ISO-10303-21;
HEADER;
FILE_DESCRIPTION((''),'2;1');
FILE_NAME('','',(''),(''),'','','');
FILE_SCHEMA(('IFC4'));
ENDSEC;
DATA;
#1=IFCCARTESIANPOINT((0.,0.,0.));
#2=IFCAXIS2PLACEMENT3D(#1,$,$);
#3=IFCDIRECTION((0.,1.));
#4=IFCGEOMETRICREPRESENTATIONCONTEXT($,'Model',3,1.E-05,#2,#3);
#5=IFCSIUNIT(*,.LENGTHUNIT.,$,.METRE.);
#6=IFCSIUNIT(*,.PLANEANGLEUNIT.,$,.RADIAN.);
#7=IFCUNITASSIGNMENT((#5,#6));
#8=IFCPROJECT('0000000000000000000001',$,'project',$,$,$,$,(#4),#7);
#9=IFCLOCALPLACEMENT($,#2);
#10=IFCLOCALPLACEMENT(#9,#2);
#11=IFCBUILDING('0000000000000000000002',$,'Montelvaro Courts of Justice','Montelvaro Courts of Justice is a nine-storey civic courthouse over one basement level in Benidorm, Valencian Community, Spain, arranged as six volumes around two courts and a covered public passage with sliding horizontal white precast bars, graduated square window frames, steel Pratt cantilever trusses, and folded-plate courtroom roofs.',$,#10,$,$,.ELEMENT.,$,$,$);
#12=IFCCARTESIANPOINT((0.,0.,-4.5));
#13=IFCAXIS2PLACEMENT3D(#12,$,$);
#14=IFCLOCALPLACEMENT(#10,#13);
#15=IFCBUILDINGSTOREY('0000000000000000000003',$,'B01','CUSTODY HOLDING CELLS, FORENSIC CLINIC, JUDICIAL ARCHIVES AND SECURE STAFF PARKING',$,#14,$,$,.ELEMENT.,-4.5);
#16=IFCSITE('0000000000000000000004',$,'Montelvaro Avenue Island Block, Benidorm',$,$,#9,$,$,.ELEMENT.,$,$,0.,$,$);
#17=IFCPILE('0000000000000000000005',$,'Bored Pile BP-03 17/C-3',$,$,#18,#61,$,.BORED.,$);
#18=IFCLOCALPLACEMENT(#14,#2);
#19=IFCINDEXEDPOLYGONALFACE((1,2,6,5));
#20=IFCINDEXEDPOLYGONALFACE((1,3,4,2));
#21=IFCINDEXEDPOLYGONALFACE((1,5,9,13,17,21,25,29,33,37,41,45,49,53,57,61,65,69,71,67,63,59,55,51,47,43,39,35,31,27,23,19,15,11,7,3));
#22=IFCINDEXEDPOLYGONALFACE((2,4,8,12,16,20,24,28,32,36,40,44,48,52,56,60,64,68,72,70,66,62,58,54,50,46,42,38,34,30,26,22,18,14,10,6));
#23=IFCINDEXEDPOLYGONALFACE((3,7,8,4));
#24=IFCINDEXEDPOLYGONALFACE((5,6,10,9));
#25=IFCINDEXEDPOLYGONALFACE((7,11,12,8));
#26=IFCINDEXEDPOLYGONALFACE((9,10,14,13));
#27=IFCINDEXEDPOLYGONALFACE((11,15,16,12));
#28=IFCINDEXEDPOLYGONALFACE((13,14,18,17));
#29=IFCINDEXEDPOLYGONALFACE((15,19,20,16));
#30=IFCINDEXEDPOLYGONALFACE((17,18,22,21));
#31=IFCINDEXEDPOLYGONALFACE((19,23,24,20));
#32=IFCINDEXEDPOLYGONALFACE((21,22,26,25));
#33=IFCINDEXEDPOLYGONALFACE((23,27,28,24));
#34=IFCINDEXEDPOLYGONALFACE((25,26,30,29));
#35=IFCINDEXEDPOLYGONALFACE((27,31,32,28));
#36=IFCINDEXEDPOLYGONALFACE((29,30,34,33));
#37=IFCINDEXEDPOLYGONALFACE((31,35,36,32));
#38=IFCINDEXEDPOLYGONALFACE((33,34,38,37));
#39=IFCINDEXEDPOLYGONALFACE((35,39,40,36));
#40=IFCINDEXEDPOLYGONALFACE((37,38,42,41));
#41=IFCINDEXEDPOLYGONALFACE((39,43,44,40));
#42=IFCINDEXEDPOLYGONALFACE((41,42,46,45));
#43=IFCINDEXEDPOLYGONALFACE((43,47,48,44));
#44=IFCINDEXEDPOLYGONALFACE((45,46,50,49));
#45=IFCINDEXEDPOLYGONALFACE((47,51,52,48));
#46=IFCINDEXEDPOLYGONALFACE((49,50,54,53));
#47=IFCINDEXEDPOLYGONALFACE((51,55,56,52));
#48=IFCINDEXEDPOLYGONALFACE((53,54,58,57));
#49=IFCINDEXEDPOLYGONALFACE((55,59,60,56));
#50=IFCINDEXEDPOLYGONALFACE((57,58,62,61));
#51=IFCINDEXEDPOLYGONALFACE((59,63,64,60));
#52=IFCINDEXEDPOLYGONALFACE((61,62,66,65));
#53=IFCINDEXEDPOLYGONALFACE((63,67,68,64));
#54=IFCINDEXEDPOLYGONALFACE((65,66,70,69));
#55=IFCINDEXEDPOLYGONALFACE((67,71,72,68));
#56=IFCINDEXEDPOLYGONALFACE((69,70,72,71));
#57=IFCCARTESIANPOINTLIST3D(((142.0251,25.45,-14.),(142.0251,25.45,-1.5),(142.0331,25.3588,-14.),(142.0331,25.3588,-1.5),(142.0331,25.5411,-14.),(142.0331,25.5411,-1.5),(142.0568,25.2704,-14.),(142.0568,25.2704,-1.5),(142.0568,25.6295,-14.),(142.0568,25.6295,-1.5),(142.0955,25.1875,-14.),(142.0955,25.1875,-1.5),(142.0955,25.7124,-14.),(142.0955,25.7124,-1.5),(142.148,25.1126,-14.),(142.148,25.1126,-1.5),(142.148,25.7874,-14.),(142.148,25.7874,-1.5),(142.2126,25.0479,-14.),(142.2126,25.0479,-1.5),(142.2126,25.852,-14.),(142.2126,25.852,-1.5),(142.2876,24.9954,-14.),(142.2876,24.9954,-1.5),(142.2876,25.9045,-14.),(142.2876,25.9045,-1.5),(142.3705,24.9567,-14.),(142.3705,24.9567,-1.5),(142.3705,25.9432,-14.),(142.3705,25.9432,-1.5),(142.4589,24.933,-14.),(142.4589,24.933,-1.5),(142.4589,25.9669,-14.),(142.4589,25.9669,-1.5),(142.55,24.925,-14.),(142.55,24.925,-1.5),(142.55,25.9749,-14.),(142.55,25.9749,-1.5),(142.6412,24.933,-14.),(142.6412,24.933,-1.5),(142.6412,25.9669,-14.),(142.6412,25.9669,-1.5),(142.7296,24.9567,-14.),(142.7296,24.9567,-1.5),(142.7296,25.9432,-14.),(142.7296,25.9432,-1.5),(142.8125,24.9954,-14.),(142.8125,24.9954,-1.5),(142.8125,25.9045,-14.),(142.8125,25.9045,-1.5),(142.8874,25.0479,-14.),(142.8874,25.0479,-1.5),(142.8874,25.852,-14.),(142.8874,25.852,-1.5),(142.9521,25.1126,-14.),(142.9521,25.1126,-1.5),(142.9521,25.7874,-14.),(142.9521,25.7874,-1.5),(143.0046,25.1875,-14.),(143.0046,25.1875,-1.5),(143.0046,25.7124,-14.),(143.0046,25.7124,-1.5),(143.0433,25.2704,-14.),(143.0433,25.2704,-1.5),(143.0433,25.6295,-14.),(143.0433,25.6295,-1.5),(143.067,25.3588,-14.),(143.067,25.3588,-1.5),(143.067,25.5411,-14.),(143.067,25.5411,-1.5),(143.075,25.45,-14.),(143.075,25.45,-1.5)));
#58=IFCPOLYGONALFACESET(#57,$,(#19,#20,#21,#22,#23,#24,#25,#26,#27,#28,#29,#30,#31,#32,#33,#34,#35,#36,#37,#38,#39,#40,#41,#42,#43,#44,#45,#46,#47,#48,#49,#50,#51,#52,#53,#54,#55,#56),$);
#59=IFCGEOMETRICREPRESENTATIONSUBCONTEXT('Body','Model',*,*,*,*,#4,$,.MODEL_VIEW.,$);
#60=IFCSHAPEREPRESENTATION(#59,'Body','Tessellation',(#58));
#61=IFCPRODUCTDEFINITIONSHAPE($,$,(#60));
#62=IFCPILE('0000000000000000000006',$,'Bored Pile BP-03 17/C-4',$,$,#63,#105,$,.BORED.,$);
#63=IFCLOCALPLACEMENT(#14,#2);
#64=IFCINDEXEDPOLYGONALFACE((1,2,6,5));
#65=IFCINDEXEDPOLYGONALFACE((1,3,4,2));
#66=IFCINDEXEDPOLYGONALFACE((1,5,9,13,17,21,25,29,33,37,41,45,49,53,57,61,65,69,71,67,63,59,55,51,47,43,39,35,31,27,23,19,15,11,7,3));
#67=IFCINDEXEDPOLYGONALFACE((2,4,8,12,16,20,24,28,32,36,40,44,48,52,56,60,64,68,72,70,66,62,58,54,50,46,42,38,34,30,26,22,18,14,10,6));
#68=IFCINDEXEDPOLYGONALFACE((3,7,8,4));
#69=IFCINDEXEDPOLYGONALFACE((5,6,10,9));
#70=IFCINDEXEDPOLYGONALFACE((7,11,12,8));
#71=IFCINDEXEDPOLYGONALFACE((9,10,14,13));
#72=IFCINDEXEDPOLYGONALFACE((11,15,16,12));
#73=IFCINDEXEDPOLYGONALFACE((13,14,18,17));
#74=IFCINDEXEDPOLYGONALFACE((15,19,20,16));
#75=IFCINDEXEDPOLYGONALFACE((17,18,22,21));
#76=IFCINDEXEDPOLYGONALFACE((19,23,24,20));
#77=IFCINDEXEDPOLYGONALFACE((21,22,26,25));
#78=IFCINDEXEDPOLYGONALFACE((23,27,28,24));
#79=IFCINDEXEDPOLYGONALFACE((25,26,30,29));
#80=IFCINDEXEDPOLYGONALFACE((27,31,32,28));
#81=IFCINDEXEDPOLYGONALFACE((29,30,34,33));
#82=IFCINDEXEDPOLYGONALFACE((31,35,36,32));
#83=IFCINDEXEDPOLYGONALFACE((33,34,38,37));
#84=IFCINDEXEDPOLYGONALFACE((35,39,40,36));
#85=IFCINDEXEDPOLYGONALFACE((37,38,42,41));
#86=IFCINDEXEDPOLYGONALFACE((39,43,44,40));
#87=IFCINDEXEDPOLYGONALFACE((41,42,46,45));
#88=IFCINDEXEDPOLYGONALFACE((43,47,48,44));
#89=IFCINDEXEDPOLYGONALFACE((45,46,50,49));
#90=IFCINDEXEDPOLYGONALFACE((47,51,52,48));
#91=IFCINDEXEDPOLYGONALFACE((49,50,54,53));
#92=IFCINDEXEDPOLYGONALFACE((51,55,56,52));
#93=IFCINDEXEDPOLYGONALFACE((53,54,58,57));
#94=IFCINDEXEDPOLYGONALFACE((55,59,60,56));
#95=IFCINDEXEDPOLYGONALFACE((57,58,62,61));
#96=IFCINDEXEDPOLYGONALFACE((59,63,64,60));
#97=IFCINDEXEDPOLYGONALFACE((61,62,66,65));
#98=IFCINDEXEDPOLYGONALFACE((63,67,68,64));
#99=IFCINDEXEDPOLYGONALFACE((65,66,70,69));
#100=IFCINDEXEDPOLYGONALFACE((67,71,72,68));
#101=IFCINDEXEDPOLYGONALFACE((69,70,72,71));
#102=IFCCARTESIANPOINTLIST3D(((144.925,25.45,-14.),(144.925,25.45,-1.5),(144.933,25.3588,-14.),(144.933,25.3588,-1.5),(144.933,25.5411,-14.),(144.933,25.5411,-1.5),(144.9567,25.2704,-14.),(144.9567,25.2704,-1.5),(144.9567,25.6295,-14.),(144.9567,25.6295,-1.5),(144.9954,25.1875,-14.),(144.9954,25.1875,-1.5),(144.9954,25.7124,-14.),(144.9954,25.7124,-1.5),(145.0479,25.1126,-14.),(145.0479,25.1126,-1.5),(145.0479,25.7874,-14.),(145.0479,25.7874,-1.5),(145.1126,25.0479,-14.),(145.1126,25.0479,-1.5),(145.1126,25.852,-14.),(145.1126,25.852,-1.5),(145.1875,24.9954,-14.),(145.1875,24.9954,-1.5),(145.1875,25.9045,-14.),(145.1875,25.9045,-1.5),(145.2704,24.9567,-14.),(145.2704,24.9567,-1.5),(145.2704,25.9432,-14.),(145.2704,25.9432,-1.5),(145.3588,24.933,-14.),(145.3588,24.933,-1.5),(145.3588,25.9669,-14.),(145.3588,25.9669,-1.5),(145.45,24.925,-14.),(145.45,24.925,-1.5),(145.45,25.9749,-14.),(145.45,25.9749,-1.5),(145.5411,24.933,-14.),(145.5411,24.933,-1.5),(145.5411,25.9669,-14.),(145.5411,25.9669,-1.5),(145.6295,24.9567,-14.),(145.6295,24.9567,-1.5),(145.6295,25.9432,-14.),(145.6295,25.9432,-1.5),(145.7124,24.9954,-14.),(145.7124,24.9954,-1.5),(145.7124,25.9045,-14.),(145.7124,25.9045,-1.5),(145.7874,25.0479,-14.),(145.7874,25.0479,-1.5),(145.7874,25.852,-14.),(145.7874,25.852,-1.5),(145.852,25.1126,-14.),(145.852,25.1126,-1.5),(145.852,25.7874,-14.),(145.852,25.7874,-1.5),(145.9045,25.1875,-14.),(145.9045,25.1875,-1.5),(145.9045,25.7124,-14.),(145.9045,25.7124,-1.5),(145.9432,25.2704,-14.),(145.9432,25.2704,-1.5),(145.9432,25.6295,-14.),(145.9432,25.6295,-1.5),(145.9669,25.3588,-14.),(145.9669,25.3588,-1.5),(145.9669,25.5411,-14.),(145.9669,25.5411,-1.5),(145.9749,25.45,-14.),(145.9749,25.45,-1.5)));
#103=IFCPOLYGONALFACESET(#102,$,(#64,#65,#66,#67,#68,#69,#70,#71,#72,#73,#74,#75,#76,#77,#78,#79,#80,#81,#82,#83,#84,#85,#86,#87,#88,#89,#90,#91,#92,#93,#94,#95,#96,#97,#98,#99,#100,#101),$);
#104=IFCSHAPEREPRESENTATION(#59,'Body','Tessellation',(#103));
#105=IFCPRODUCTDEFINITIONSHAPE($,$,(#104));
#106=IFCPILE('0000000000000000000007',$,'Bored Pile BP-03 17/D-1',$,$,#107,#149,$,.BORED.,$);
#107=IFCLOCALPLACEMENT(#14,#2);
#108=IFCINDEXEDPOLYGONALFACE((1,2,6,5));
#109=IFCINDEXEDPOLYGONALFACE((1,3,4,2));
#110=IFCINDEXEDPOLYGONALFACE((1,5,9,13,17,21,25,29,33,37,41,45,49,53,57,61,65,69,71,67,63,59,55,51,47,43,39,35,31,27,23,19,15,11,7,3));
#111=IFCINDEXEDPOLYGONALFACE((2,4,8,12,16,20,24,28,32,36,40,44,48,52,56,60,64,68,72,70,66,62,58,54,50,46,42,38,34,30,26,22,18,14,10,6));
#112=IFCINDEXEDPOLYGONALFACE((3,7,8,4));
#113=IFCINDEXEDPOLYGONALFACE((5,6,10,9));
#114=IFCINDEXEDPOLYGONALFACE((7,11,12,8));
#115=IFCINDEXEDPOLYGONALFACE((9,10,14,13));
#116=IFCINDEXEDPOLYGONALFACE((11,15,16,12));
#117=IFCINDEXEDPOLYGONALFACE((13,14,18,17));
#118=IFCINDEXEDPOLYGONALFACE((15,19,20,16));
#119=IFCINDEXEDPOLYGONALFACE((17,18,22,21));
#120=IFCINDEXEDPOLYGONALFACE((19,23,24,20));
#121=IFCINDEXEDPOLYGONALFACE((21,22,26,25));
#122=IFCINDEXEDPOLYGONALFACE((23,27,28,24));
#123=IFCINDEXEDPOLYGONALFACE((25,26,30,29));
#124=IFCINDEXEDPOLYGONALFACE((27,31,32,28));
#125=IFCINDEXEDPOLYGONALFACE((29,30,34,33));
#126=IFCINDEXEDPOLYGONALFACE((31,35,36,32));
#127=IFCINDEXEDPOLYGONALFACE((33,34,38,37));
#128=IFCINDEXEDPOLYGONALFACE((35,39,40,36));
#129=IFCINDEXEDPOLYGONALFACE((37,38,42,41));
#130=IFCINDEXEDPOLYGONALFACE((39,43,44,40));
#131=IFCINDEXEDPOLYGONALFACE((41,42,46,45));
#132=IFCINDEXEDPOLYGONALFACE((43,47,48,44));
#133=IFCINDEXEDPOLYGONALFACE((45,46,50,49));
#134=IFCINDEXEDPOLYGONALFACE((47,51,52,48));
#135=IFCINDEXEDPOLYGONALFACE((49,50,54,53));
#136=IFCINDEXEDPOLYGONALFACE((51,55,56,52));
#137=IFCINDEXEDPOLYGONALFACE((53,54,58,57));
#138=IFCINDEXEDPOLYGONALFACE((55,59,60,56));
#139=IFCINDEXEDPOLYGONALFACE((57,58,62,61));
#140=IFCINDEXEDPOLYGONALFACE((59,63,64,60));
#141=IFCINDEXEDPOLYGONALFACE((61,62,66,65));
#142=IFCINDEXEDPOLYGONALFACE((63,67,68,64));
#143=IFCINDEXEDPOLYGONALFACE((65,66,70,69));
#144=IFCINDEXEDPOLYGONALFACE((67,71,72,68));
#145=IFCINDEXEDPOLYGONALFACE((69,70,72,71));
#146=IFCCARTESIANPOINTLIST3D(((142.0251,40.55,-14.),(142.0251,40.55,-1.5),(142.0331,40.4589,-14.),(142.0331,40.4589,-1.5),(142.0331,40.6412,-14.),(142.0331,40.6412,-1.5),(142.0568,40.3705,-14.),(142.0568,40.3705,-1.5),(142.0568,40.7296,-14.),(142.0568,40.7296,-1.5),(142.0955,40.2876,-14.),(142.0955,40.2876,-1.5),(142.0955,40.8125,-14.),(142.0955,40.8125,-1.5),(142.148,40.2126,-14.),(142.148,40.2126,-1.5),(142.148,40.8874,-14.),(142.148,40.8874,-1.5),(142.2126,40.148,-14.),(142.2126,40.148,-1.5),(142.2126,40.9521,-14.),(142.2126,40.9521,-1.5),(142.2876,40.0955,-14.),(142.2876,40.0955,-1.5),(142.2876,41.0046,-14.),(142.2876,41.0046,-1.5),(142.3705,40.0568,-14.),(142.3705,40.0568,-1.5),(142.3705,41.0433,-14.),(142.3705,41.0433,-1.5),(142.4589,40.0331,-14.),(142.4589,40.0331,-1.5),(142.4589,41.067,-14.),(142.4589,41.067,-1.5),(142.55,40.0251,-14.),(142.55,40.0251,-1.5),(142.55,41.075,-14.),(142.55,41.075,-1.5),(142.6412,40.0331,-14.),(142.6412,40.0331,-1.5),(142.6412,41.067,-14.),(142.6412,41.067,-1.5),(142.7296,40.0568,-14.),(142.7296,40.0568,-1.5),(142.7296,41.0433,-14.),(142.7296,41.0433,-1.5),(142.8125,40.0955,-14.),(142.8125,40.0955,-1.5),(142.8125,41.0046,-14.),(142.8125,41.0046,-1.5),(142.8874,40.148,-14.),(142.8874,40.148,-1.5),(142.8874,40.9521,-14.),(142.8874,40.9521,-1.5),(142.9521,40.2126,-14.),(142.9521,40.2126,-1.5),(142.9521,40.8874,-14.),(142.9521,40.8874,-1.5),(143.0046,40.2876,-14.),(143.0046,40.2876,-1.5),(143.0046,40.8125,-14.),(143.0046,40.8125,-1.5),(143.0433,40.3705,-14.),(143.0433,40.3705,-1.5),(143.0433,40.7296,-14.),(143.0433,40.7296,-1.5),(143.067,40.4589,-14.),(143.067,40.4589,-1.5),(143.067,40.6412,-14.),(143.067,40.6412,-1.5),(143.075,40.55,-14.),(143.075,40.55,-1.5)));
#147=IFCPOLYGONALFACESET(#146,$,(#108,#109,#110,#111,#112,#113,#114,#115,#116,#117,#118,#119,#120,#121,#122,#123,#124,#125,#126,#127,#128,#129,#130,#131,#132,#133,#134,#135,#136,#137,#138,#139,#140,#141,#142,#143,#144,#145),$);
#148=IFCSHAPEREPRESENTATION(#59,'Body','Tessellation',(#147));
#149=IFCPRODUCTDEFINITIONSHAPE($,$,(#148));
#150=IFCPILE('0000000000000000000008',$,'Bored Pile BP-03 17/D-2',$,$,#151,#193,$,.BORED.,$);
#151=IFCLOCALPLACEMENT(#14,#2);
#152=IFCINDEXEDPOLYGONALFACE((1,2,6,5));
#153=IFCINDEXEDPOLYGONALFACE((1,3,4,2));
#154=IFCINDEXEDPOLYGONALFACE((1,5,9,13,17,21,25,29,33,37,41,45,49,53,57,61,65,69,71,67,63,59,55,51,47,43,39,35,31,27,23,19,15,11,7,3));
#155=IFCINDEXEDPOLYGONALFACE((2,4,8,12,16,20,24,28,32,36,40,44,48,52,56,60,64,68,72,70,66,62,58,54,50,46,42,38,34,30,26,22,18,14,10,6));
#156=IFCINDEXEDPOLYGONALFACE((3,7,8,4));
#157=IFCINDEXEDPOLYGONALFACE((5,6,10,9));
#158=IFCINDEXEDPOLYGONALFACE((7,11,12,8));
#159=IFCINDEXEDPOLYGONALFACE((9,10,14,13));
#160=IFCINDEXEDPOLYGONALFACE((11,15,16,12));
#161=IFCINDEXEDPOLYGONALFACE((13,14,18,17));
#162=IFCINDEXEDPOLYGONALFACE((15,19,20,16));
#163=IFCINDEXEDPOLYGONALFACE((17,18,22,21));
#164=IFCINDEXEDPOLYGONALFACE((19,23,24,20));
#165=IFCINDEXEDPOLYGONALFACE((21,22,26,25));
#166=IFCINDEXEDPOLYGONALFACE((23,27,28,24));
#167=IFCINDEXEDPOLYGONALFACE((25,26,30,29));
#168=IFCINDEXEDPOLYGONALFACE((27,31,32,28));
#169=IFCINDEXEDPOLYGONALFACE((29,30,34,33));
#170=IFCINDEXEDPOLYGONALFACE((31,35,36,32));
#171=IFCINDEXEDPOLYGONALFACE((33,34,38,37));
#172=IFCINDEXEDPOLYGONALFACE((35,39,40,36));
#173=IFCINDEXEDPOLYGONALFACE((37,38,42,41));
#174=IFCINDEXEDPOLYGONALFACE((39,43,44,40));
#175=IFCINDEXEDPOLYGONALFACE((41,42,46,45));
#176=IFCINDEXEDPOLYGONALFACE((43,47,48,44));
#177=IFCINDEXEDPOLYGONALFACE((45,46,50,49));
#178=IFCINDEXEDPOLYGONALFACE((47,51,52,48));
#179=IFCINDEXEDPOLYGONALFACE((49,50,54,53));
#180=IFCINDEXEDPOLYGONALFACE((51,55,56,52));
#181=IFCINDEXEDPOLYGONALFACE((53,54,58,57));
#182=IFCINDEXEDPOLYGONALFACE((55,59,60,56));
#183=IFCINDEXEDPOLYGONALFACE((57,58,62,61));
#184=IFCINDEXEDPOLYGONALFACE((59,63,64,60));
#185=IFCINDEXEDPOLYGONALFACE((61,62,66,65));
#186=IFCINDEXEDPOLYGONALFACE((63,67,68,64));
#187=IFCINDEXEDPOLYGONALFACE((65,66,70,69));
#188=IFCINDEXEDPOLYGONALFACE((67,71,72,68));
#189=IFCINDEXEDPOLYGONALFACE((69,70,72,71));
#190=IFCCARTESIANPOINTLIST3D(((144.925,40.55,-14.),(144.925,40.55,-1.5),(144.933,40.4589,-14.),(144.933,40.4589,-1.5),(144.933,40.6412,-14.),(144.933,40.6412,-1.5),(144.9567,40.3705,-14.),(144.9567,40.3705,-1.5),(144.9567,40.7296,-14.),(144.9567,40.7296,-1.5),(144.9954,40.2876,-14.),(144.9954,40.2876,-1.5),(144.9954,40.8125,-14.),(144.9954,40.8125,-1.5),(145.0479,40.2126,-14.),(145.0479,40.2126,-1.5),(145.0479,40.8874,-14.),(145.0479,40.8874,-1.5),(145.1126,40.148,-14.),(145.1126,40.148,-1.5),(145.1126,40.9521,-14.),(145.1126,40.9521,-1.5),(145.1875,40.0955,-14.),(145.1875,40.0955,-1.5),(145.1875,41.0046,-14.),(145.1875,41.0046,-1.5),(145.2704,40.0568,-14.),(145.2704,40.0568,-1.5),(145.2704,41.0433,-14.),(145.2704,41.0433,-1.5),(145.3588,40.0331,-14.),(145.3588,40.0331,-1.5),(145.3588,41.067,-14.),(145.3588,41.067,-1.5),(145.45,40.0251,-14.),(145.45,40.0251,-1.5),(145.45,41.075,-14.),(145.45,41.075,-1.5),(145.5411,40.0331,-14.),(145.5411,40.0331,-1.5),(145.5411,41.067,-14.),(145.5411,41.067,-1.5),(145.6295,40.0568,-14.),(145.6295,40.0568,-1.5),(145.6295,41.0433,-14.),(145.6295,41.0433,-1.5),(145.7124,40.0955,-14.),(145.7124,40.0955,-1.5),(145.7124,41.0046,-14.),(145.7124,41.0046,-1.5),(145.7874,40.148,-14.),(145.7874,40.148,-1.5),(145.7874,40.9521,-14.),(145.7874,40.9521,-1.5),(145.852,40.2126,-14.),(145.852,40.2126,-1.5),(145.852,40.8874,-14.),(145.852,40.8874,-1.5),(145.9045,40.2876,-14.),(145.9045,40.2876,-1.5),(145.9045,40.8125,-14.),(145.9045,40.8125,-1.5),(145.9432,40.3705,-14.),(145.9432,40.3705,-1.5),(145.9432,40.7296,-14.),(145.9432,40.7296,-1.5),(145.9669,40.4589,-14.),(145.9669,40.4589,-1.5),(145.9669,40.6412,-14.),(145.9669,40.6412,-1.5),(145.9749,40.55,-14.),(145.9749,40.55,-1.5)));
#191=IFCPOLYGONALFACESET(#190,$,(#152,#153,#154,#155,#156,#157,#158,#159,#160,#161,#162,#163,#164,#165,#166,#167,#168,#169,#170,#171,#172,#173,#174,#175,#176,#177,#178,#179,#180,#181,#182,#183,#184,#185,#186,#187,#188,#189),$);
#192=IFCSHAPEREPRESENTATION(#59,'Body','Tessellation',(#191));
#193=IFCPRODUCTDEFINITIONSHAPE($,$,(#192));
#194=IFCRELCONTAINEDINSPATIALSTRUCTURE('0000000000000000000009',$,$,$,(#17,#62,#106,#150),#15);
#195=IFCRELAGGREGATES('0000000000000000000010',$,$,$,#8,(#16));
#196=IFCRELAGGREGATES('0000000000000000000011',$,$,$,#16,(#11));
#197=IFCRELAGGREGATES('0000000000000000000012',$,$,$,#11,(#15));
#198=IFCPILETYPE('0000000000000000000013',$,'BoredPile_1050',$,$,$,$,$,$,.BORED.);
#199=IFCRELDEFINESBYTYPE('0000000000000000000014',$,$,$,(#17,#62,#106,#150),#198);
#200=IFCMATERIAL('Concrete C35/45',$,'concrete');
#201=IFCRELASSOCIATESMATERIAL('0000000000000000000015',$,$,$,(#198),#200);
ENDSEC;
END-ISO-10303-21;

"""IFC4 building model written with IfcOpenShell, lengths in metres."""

from ifc_helpers import new_model, si_unit, direction, frame, origin, origin_2d, place, context, subcontext, project, spatial, circle, extrude, material, material_profile, profile_set, type_object, element, save


model = new_model("IFC4")

# Units and contexts
model_context = context("Model", 3, precision=1e-05, world=origin(), true_north=direction((0.0, 1.0)))
body_context = subcontext(model_context, "Body", "Model", "MODEL_VIEW")
ifc_project = project(units=[si_unit("LENGTHUNIT", "METRE"), si_unit("PLANEANGLEUNIT", "RADIAN")], contexts=[model_context])

# Site, building, storey
site_placement = place(None, origin())
site = spatial("IfcSite", under=ifc_project, at=site_placement, Name="Montelvaro Avenue Island Block, Benidorm", CompositionType="ELEMENT", RefElevation=0.0)
building_placement = place(site_placement, origin())
building = spatial("IfcBuilding", under=site, at=building_placement, Name="Montelvaro Courts of Justice", Description="Montelvaro Courts of Justice is a nine-storey civic courthouse over one basement level in Benidorm, Valencian Community, Spain, arranged as six volumes around two courts and a covered public passage with sliding horizontal white precast bars, graduated square window frames, steel Pratt cantilever trusses, and folded-plate courtroom roofs.", CompositionType="ELEMENT")
storey_placement = place(building_placement, frame((0.0, 0.0, -4.5)))
storey = spatial("IfcBuildingStorey", under=building, at=storey_placement, Name="B01", Description="CUSTODY HOLDING CELLS, FORENSIC CLINIC, JUDICIAL ARCHIVES AND SECURE STAFF PARKING", CompositionType="ELEMENT", Elevation=-4.5)

# Piles
ifc_material_1 = material(Name="Concrete C35/45", Category="concrete")
ifc_material_profile_1 = material_profile(ifc_material_1, circle(Radius=0.5249, at=origin_2d()), Name="BORED PILE D1050")
ifc_profile_set_1 = profile_set([ifc_material_profile_1], Name="Concrete C35/45")
pile_type_1 = type_object("IfcPileType", Name="BoredPile_1050", PredefinedType="BORED", material=ifc_profile_set_1)
for number, where, z_axis, x_axis, name in (
    (1, (142.55, 25.45, -1.5), (0.0, 0.0, -1.0), (1.0, 0.0, 0.0), "Bored Pile BP-03 17/C-3"),
    (2, (145.45, 25.45, -1.5), (0.0, 0.0, -1.0), (1.0, 0.0, 0.0), "Bored Pile BP-03 17/C-4"),
    (3, (142.55, 40.55, -1.5), (0.0, 0.0, -1.0), (1.0, 0.0, 0.0), "Bored Pile BP-03 17/D-1"),
    (4, (145.45, 40.55, -1.5), (0.0, 0.0, -1.0), (1.0, 0.0, 0.0), "Bored Pile BP-03 17/D-2"),
):
    element("IfcPile", number, at=place(storey_placement, frame(where, z_axis=z_axis, x_axis=x_axis)), inside=storey, type_object=pile_type_1, Name=name, PredefinedType="BORED", context=body_context, shape_type="SweptSolid", body=[
        extrude(circle(Radius=0.5249, at=origin_2d()), origin(), (0.0, 0.0, 1.0), 12.5),
    ])

save(model, "model.ifc")
